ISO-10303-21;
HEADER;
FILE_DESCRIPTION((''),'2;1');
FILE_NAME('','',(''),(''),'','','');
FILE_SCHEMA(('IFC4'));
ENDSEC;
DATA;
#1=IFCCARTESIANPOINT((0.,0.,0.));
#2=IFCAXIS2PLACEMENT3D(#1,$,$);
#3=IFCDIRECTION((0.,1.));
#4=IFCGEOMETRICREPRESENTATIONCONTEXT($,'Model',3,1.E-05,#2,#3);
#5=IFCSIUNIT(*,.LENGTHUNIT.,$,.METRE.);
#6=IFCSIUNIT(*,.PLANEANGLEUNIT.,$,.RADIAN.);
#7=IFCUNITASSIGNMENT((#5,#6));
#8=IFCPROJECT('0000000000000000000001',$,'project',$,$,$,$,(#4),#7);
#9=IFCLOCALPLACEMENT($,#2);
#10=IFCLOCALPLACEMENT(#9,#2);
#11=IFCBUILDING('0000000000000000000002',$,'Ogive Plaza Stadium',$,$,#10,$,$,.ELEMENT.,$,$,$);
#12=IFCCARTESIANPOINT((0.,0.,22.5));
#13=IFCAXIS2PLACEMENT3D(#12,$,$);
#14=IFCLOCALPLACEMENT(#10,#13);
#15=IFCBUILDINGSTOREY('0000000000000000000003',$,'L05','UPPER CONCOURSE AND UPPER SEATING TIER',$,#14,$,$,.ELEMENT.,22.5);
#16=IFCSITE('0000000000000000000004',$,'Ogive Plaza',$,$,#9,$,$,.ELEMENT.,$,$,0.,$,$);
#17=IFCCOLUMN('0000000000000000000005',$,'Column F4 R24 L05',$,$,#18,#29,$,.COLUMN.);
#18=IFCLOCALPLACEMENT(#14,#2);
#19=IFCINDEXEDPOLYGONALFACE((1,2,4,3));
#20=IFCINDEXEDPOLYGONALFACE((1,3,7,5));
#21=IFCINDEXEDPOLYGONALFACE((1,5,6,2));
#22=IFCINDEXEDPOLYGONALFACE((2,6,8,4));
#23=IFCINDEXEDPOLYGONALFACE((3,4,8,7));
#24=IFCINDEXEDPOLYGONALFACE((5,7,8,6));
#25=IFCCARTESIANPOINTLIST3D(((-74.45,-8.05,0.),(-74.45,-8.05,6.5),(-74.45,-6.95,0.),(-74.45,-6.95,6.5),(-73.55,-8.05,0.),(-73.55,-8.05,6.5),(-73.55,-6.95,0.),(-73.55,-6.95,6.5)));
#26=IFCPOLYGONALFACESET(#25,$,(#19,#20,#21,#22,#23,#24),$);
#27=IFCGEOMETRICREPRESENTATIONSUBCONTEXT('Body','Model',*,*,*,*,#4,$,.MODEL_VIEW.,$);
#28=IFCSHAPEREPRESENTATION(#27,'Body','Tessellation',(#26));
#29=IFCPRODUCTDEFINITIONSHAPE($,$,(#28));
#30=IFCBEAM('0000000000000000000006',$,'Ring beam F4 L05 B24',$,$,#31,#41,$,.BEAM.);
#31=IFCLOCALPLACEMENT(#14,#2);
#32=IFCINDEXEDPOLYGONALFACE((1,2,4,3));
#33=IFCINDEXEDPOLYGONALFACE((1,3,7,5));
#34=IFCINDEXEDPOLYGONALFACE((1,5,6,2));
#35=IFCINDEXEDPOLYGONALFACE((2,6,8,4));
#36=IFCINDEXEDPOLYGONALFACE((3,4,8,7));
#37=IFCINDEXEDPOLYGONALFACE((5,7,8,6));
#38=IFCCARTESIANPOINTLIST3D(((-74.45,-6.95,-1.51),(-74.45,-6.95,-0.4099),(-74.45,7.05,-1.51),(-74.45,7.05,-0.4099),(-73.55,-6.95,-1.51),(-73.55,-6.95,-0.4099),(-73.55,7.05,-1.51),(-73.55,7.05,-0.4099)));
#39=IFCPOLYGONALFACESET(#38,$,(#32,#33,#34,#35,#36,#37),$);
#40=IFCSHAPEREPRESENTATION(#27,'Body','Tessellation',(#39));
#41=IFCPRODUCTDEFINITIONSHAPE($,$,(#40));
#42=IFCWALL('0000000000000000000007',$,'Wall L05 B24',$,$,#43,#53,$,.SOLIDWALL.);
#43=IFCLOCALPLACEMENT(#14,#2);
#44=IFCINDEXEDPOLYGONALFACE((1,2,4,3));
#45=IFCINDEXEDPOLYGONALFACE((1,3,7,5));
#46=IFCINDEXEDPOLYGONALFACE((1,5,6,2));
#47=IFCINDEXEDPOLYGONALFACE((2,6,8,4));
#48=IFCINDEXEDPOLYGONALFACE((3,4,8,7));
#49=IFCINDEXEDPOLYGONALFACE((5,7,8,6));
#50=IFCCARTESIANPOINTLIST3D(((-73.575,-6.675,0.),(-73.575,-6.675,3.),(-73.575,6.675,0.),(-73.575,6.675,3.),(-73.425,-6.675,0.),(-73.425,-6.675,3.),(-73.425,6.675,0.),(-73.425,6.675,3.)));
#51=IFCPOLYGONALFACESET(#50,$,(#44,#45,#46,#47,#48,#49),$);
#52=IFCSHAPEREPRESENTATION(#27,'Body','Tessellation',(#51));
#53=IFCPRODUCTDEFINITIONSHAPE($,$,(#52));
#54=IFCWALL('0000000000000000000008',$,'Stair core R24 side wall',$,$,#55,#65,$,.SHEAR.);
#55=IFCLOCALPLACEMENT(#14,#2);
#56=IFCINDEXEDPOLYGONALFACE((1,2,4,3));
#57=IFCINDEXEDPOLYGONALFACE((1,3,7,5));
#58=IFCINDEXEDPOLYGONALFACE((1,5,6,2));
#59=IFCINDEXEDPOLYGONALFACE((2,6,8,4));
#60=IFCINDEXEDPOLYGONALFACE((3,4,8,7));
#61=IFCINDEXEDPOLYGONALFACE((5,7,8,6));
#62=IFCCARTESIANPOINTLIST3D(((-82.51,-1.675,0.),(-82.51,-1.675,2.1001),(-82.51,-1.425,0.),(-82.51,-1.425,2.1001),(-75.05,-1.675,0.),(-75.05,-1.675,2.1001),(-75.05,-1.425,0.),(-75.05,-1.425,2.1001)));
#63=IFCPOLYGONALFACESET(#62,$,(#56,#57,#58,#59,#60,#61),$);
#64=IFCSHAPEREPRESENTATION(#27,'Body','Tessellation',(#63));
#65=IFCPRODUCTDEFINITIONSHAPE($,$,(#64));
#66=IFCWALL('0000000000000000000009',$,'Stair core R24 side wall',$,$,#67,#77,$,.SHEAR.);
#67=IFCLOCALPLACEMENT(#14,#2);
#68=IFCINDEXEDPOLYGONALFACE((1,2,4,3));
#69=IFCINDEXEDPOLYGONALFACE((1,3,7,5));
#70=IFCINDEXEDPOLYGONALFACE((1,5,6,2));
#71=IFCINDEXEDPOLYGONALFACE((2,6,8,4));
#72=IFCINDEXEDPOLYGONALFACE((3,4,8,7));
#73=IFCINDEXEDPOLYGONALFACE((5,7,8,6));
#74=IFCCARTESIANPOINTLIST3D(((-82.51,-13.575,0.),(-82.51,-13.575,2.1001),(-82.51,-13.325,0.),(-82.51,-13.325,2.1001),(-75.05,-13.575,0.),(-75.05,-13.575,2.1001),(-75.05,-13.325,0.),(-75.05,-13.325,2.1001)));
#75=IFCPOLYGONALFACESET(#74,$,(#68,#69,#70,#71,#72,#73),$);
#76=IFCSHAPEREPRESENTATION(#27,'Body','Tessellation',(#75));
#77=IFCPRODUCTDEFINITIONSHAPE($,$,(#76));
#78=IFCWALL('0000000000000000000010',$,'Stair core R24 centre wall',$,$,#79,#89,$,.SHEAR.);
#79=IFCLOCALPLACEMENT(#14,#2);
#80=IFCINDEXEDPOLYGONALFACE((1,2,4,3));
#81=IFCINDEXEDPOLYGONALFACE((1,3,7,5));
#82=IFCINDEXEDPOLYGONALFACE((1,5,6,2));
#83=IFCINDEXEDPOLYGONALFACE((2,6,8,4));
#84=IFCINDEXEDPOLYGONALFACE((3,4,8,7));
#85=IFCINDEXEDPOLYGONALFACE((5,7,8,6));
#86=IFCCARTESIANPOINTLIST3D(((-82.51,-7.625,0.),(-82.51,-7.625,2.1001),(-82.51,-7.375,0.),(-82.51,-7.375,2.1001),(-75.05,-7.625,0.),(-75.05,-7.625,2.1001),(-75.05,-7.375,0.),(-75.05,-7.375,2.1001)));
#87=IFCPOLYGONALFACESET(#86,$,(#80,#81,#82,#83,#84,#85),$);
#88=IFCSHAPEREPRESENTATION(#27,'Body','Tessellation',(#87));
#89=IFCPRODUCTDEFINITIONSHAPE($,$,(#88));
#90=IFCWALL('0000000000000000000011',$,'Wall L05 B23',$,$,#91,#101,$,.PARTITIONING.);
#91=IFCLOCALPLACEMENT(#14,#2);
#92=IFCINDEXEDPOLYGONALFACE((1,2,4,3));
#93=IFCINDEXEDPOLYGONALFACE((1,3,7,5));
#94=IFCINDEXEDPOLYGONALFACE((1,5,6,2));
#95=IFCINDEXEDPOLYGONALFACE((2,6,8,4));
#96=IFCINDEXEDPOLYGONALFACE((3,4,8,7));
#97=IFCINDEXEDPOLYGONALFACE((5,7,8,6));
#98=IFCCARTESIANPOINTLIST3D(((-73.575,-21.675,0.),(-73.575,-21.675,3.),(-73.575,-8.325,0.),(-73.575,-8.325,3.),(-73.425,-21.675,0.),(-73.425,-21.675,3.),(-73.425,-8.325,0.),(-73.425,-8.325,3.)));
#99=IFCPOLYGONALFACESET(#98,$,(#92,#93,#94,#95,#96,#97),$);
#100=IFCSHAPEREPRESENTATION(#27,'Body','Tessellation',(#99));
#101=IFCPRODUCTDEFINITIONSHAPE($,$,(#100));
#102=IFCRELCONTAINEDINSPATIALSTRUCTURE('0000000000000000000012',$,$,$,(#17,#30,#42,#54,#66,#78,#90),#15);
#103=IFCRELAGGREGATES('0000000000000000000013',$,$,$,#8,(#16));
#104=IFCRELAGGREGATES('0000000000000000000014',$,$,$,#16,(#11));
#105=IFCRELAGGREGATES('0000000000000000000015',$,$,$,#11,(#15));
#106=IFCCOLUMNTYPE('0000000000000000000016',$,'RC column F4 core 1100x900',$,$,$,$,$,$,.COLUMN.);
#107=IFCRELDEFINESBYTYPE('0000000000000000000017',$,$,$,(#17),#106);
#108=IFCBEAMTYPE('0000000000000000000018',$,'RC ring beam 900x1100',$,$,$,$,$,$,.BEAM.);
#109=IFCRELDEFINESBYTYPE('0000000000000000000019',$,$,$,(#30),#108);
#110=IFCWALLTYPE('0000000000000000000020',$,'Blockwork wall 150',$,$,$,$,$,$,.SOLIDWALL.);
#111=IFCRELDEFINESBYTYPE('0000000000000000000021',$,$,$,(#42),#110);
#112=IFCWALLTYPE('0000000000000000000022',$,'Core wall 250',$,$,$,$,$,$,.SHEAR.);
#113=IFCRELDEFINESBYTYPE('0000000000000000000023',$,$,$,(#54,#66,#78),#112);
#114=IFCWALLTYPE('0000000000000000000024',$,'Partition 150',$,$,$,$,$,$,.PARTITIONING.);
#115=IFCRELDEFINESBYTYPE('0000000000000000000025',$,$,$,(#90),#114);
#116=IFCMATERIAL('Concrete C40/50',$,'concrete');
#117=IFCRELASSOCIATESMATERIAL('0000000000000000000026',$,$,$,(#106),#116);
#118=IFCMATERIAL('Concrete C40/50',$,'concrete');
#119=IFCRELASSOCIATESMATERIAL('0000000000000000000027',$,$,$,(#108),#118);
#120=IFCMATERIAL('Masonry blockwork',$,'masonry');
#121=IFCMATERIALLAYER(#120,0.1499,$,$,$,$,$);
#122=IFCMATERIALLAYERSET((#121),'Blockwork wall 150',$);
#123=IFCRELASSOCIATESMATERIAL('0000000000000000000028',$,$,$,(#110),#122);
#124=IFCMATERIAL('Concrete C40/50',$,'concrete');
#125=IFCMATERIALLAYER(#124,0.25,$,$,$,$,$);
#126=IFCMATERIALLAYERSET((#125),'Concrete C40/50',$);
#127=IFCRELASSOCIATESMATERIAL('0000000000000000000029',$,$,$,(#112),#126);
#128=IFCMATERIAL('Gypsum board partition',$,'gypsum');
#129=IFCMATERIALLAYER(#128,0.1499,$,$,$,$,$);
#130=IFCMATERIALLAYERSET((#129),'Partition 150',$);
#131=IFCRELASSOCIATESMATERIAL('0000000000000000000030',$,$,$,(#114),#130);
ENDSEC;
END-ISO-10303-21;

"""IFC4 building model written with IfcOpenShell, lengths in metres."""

from ifc_helpers import new_model, si_unit, direction, frame, frame_2d, origin, origin_2d, place, context, subcontext, project, spatial, rectangle, extrude, material, layer, layer_set, material_profile, profile_set, type_object, element, save


model = new_model("IFC4")

# Units and contexts
model_context = context("Model", 3, precision=1e-05, world=origin(), true_north=direction((0.0, 1.0)))
body_context = subcontext(model_context, "Body", "Model", "MODEL_VIEW")
ifc_project = project(units=[si_unit("LENGTHUNIT", "METRE"), si_unit("PLANEANGLEUNIT", "RADIAN")], contexts=[model_context])

# Site, building, storey
site_placement = place(None, origin())
site = spatial("IfcSite", under=ifc_project, at=site_placement, Name="Ogive Plaza", CompositionType="ELEMENT", RefElevation=0.0)
building_placement = place(site_placement, origin())
building = spatial("IfcBuilding", under=site, at=building_placement, Name="Ogive Plaza Stadium", CompositionType="ELEMENT")
storey_placement = place(building_placement, frame((0.0, 0.0, 22.5)))
storey = spatial("IfcBuildingStorey", under=building, at=storey_placement, Name="L05", Description="UPPER CONCOURSE AND UPPER SEATING TIER", CompositionType="ELEMENT", Elevation=22.5)

# Column
ifc_material_1 = material(Name="Concrete C40/50", Category="concrete")
ifc_material_profile_1 = material_profile(ifc_material_1, rectangle(XDim=1.1001, YDim=0.8999, at=origin_2d()), Name="RC 1100x900")
ifc_profile_set_1 = profile_set([ifc_material_profile_1], Name="Concrete C40/50")
column_type = type_object("IfcColumnType", Name="RC column F4 core 1100x900", PredefinedType="COLUMN", material=ifc_profile_set_1)
column_placement = place(storey_placement, frame((-74.0, -7.5, 0.0), z_axis=(0.0, 0.0, 1.0), x_axis=(0.0, -1.0, 0.0)))
element("IfcColumn", 1, at=column_placement, inside=storey, type_object=column_type, Name="Column F4 R24 L05", PredefinedType="COLUMN", context=body_context, shape_type="SweptSolid", body=[
    extrude(rectangle(XDim=1.1001, YDim=0.8999, at=origin_2d()), origin(), (0.0, 0.0, 1.0), 6.5),
])

# Beam
ifc_material_2 = material(Name="Concrete C40/50", Category="concrete")
ifc_material_profile_2 = material_profile(ifc_material_2, rectangle(XDim=0.8999, YDim=1.1001, at=origin_2d()), Name="RC 900x1100")
ifc_profile_set_2 = profile_set([ifc_material_profile_2], Name="Concrete C40/50")
beam_type = type_object("IfcBeamType", Name="RC ring beam 900x1100", PredefinedType="BEAM", material=ifc_profile_set_2)
beam_placement = place(storey_placement, frame((-74.0, -6.95, -0.96), z_axis=(0.0, 1.0, 0.0), x_axis=(-1.0, 0.0, 0.0)))
element("IfcBeam", 2, at=beam_placement, inside=storey, type_object=beam_type, Name="Ring beam F4 L05 B24", PredefinedType="BEAM", context=body_context, shape_type="SweptSolid", body=[
    extrude(rectangle(XDim=0.8999, YDim=1.1001, at=origin_2d()), origin(), (0.0, 0.0, 1.0), 14.0),
])

# Wall
ifc_material_3 = material(Name="Masonry blockwork", Category="masonry")
ifc_layer_1 = layer(ifc_material_3, 0.1499)
ifc_layer_set_1 = layer_set([ifc_layer_1], Name="Blockwork wall 150")
wall_type_1 = type_object("IfcWallType", Name="Blockwork wall 150", PredefinedType="SOLIDWALL", material=ifc_layer_set_1)
wall_1_placement = place(storey_placement, frame((-73.5, -6.675, 0.0), z_axis=(0.0, 0.0, 1.0), x_axis=(0.0, 1.0, 0.0)))
element("IfcWall", 3, at=wall_1_placement, inside=storey, type_object=wall_type_1, Name="Wall L05 B24", PredefinedType="SOLIDWALL", context=body_context, shape_type="SweptSolid", body=[
    extrude(rectangle(XDim=13.3501, YDim=0.1499, at=frame_2d((6.675, 0.0))), origin(), (0.0, 0.0, 1.0), 3.0),
])

# Shared definitions
ifc_material_4 = material(Name="Concrete C40/50", Category="concrete")
ifc_layer_2 = layer(ifc_material_4, 0.25)
ifc_layer_set_2 = layer_set([ifc_layer_2], Name="Concrete C40/50")
wall_type_2 = type_object("IfcWallType", Name="Core wall 250", PredefinedType="SHEAR", material=ifc_layer_set_2)

# Walls
for number, where, z_axis, x_axis, name in (
    (4, (-75.05, -1.55, 0.0), (0.0, 0.0, 1.0), (-1.0, 0.0, 0.0), "Stair core R24 side wall"),
    (5, (-75.05, -13.45, 0.0), (0.0, 0.0, 1.0), (-1.0, 0.0, 0.0), "Stair core R24 side wall"),
    (6, (-75.05, -7.5, 0.0), (0.0, 0.0, 1.0), (-1.0, 0.0, 0.0), "Stair core R24 centre wall"),
):
    element("IfcWall", number, at=place(storey_placement, frame(where, z_axis=z_axis, x_axis=x_axis)), inside=storey, type_object=wall_type_2, Name=name, PredefinedType="SHEAR", context=body_context, shape_type="SweptSolid", body=[
        extrude(rectangle(XDim=7.46, YDim=0.25, at=frame_2d((3.73, 0.0))), origin(), (0.0, 0.0, 1.0), 2.1001),
    ])
ifc_material_5 = material(Name="Gypsum board partition", Category="gypsum")
ifc_layer_3 = layer(ifc_material_5, 0.1499)
ifc_layer_set_3 = layer_set([ifc_layer_3], Name="Partition 150")
wall_type_3 = type_object("IfcWallType", Name="Partition 150", PredefinedType="PARTITIONING", material=ifc_layer_set_3)
wall_2_placement = place(storey_placement, frame((-73.5, -8.325, 0.0), z_axis=(0.0, 0.0, 1.0), x_axis=(0.0, -1.0, 0.0)))
element("IfcWall", 7, at=wall_2_placement, inside=storey, type_object=wall_type_3, Name="Wall L05 B23", PredefinedType="PARTITIONING", context=body_context, shape_type="SweptSolid", body=[
    extrude(rectangle(XDim=13.3501, YDim=0.1499, at=frame_2d((6.675, 0.0))), origin(), (0.0, 0.0, 1.0), 3.0),
])

save(model, "model.ifc")
